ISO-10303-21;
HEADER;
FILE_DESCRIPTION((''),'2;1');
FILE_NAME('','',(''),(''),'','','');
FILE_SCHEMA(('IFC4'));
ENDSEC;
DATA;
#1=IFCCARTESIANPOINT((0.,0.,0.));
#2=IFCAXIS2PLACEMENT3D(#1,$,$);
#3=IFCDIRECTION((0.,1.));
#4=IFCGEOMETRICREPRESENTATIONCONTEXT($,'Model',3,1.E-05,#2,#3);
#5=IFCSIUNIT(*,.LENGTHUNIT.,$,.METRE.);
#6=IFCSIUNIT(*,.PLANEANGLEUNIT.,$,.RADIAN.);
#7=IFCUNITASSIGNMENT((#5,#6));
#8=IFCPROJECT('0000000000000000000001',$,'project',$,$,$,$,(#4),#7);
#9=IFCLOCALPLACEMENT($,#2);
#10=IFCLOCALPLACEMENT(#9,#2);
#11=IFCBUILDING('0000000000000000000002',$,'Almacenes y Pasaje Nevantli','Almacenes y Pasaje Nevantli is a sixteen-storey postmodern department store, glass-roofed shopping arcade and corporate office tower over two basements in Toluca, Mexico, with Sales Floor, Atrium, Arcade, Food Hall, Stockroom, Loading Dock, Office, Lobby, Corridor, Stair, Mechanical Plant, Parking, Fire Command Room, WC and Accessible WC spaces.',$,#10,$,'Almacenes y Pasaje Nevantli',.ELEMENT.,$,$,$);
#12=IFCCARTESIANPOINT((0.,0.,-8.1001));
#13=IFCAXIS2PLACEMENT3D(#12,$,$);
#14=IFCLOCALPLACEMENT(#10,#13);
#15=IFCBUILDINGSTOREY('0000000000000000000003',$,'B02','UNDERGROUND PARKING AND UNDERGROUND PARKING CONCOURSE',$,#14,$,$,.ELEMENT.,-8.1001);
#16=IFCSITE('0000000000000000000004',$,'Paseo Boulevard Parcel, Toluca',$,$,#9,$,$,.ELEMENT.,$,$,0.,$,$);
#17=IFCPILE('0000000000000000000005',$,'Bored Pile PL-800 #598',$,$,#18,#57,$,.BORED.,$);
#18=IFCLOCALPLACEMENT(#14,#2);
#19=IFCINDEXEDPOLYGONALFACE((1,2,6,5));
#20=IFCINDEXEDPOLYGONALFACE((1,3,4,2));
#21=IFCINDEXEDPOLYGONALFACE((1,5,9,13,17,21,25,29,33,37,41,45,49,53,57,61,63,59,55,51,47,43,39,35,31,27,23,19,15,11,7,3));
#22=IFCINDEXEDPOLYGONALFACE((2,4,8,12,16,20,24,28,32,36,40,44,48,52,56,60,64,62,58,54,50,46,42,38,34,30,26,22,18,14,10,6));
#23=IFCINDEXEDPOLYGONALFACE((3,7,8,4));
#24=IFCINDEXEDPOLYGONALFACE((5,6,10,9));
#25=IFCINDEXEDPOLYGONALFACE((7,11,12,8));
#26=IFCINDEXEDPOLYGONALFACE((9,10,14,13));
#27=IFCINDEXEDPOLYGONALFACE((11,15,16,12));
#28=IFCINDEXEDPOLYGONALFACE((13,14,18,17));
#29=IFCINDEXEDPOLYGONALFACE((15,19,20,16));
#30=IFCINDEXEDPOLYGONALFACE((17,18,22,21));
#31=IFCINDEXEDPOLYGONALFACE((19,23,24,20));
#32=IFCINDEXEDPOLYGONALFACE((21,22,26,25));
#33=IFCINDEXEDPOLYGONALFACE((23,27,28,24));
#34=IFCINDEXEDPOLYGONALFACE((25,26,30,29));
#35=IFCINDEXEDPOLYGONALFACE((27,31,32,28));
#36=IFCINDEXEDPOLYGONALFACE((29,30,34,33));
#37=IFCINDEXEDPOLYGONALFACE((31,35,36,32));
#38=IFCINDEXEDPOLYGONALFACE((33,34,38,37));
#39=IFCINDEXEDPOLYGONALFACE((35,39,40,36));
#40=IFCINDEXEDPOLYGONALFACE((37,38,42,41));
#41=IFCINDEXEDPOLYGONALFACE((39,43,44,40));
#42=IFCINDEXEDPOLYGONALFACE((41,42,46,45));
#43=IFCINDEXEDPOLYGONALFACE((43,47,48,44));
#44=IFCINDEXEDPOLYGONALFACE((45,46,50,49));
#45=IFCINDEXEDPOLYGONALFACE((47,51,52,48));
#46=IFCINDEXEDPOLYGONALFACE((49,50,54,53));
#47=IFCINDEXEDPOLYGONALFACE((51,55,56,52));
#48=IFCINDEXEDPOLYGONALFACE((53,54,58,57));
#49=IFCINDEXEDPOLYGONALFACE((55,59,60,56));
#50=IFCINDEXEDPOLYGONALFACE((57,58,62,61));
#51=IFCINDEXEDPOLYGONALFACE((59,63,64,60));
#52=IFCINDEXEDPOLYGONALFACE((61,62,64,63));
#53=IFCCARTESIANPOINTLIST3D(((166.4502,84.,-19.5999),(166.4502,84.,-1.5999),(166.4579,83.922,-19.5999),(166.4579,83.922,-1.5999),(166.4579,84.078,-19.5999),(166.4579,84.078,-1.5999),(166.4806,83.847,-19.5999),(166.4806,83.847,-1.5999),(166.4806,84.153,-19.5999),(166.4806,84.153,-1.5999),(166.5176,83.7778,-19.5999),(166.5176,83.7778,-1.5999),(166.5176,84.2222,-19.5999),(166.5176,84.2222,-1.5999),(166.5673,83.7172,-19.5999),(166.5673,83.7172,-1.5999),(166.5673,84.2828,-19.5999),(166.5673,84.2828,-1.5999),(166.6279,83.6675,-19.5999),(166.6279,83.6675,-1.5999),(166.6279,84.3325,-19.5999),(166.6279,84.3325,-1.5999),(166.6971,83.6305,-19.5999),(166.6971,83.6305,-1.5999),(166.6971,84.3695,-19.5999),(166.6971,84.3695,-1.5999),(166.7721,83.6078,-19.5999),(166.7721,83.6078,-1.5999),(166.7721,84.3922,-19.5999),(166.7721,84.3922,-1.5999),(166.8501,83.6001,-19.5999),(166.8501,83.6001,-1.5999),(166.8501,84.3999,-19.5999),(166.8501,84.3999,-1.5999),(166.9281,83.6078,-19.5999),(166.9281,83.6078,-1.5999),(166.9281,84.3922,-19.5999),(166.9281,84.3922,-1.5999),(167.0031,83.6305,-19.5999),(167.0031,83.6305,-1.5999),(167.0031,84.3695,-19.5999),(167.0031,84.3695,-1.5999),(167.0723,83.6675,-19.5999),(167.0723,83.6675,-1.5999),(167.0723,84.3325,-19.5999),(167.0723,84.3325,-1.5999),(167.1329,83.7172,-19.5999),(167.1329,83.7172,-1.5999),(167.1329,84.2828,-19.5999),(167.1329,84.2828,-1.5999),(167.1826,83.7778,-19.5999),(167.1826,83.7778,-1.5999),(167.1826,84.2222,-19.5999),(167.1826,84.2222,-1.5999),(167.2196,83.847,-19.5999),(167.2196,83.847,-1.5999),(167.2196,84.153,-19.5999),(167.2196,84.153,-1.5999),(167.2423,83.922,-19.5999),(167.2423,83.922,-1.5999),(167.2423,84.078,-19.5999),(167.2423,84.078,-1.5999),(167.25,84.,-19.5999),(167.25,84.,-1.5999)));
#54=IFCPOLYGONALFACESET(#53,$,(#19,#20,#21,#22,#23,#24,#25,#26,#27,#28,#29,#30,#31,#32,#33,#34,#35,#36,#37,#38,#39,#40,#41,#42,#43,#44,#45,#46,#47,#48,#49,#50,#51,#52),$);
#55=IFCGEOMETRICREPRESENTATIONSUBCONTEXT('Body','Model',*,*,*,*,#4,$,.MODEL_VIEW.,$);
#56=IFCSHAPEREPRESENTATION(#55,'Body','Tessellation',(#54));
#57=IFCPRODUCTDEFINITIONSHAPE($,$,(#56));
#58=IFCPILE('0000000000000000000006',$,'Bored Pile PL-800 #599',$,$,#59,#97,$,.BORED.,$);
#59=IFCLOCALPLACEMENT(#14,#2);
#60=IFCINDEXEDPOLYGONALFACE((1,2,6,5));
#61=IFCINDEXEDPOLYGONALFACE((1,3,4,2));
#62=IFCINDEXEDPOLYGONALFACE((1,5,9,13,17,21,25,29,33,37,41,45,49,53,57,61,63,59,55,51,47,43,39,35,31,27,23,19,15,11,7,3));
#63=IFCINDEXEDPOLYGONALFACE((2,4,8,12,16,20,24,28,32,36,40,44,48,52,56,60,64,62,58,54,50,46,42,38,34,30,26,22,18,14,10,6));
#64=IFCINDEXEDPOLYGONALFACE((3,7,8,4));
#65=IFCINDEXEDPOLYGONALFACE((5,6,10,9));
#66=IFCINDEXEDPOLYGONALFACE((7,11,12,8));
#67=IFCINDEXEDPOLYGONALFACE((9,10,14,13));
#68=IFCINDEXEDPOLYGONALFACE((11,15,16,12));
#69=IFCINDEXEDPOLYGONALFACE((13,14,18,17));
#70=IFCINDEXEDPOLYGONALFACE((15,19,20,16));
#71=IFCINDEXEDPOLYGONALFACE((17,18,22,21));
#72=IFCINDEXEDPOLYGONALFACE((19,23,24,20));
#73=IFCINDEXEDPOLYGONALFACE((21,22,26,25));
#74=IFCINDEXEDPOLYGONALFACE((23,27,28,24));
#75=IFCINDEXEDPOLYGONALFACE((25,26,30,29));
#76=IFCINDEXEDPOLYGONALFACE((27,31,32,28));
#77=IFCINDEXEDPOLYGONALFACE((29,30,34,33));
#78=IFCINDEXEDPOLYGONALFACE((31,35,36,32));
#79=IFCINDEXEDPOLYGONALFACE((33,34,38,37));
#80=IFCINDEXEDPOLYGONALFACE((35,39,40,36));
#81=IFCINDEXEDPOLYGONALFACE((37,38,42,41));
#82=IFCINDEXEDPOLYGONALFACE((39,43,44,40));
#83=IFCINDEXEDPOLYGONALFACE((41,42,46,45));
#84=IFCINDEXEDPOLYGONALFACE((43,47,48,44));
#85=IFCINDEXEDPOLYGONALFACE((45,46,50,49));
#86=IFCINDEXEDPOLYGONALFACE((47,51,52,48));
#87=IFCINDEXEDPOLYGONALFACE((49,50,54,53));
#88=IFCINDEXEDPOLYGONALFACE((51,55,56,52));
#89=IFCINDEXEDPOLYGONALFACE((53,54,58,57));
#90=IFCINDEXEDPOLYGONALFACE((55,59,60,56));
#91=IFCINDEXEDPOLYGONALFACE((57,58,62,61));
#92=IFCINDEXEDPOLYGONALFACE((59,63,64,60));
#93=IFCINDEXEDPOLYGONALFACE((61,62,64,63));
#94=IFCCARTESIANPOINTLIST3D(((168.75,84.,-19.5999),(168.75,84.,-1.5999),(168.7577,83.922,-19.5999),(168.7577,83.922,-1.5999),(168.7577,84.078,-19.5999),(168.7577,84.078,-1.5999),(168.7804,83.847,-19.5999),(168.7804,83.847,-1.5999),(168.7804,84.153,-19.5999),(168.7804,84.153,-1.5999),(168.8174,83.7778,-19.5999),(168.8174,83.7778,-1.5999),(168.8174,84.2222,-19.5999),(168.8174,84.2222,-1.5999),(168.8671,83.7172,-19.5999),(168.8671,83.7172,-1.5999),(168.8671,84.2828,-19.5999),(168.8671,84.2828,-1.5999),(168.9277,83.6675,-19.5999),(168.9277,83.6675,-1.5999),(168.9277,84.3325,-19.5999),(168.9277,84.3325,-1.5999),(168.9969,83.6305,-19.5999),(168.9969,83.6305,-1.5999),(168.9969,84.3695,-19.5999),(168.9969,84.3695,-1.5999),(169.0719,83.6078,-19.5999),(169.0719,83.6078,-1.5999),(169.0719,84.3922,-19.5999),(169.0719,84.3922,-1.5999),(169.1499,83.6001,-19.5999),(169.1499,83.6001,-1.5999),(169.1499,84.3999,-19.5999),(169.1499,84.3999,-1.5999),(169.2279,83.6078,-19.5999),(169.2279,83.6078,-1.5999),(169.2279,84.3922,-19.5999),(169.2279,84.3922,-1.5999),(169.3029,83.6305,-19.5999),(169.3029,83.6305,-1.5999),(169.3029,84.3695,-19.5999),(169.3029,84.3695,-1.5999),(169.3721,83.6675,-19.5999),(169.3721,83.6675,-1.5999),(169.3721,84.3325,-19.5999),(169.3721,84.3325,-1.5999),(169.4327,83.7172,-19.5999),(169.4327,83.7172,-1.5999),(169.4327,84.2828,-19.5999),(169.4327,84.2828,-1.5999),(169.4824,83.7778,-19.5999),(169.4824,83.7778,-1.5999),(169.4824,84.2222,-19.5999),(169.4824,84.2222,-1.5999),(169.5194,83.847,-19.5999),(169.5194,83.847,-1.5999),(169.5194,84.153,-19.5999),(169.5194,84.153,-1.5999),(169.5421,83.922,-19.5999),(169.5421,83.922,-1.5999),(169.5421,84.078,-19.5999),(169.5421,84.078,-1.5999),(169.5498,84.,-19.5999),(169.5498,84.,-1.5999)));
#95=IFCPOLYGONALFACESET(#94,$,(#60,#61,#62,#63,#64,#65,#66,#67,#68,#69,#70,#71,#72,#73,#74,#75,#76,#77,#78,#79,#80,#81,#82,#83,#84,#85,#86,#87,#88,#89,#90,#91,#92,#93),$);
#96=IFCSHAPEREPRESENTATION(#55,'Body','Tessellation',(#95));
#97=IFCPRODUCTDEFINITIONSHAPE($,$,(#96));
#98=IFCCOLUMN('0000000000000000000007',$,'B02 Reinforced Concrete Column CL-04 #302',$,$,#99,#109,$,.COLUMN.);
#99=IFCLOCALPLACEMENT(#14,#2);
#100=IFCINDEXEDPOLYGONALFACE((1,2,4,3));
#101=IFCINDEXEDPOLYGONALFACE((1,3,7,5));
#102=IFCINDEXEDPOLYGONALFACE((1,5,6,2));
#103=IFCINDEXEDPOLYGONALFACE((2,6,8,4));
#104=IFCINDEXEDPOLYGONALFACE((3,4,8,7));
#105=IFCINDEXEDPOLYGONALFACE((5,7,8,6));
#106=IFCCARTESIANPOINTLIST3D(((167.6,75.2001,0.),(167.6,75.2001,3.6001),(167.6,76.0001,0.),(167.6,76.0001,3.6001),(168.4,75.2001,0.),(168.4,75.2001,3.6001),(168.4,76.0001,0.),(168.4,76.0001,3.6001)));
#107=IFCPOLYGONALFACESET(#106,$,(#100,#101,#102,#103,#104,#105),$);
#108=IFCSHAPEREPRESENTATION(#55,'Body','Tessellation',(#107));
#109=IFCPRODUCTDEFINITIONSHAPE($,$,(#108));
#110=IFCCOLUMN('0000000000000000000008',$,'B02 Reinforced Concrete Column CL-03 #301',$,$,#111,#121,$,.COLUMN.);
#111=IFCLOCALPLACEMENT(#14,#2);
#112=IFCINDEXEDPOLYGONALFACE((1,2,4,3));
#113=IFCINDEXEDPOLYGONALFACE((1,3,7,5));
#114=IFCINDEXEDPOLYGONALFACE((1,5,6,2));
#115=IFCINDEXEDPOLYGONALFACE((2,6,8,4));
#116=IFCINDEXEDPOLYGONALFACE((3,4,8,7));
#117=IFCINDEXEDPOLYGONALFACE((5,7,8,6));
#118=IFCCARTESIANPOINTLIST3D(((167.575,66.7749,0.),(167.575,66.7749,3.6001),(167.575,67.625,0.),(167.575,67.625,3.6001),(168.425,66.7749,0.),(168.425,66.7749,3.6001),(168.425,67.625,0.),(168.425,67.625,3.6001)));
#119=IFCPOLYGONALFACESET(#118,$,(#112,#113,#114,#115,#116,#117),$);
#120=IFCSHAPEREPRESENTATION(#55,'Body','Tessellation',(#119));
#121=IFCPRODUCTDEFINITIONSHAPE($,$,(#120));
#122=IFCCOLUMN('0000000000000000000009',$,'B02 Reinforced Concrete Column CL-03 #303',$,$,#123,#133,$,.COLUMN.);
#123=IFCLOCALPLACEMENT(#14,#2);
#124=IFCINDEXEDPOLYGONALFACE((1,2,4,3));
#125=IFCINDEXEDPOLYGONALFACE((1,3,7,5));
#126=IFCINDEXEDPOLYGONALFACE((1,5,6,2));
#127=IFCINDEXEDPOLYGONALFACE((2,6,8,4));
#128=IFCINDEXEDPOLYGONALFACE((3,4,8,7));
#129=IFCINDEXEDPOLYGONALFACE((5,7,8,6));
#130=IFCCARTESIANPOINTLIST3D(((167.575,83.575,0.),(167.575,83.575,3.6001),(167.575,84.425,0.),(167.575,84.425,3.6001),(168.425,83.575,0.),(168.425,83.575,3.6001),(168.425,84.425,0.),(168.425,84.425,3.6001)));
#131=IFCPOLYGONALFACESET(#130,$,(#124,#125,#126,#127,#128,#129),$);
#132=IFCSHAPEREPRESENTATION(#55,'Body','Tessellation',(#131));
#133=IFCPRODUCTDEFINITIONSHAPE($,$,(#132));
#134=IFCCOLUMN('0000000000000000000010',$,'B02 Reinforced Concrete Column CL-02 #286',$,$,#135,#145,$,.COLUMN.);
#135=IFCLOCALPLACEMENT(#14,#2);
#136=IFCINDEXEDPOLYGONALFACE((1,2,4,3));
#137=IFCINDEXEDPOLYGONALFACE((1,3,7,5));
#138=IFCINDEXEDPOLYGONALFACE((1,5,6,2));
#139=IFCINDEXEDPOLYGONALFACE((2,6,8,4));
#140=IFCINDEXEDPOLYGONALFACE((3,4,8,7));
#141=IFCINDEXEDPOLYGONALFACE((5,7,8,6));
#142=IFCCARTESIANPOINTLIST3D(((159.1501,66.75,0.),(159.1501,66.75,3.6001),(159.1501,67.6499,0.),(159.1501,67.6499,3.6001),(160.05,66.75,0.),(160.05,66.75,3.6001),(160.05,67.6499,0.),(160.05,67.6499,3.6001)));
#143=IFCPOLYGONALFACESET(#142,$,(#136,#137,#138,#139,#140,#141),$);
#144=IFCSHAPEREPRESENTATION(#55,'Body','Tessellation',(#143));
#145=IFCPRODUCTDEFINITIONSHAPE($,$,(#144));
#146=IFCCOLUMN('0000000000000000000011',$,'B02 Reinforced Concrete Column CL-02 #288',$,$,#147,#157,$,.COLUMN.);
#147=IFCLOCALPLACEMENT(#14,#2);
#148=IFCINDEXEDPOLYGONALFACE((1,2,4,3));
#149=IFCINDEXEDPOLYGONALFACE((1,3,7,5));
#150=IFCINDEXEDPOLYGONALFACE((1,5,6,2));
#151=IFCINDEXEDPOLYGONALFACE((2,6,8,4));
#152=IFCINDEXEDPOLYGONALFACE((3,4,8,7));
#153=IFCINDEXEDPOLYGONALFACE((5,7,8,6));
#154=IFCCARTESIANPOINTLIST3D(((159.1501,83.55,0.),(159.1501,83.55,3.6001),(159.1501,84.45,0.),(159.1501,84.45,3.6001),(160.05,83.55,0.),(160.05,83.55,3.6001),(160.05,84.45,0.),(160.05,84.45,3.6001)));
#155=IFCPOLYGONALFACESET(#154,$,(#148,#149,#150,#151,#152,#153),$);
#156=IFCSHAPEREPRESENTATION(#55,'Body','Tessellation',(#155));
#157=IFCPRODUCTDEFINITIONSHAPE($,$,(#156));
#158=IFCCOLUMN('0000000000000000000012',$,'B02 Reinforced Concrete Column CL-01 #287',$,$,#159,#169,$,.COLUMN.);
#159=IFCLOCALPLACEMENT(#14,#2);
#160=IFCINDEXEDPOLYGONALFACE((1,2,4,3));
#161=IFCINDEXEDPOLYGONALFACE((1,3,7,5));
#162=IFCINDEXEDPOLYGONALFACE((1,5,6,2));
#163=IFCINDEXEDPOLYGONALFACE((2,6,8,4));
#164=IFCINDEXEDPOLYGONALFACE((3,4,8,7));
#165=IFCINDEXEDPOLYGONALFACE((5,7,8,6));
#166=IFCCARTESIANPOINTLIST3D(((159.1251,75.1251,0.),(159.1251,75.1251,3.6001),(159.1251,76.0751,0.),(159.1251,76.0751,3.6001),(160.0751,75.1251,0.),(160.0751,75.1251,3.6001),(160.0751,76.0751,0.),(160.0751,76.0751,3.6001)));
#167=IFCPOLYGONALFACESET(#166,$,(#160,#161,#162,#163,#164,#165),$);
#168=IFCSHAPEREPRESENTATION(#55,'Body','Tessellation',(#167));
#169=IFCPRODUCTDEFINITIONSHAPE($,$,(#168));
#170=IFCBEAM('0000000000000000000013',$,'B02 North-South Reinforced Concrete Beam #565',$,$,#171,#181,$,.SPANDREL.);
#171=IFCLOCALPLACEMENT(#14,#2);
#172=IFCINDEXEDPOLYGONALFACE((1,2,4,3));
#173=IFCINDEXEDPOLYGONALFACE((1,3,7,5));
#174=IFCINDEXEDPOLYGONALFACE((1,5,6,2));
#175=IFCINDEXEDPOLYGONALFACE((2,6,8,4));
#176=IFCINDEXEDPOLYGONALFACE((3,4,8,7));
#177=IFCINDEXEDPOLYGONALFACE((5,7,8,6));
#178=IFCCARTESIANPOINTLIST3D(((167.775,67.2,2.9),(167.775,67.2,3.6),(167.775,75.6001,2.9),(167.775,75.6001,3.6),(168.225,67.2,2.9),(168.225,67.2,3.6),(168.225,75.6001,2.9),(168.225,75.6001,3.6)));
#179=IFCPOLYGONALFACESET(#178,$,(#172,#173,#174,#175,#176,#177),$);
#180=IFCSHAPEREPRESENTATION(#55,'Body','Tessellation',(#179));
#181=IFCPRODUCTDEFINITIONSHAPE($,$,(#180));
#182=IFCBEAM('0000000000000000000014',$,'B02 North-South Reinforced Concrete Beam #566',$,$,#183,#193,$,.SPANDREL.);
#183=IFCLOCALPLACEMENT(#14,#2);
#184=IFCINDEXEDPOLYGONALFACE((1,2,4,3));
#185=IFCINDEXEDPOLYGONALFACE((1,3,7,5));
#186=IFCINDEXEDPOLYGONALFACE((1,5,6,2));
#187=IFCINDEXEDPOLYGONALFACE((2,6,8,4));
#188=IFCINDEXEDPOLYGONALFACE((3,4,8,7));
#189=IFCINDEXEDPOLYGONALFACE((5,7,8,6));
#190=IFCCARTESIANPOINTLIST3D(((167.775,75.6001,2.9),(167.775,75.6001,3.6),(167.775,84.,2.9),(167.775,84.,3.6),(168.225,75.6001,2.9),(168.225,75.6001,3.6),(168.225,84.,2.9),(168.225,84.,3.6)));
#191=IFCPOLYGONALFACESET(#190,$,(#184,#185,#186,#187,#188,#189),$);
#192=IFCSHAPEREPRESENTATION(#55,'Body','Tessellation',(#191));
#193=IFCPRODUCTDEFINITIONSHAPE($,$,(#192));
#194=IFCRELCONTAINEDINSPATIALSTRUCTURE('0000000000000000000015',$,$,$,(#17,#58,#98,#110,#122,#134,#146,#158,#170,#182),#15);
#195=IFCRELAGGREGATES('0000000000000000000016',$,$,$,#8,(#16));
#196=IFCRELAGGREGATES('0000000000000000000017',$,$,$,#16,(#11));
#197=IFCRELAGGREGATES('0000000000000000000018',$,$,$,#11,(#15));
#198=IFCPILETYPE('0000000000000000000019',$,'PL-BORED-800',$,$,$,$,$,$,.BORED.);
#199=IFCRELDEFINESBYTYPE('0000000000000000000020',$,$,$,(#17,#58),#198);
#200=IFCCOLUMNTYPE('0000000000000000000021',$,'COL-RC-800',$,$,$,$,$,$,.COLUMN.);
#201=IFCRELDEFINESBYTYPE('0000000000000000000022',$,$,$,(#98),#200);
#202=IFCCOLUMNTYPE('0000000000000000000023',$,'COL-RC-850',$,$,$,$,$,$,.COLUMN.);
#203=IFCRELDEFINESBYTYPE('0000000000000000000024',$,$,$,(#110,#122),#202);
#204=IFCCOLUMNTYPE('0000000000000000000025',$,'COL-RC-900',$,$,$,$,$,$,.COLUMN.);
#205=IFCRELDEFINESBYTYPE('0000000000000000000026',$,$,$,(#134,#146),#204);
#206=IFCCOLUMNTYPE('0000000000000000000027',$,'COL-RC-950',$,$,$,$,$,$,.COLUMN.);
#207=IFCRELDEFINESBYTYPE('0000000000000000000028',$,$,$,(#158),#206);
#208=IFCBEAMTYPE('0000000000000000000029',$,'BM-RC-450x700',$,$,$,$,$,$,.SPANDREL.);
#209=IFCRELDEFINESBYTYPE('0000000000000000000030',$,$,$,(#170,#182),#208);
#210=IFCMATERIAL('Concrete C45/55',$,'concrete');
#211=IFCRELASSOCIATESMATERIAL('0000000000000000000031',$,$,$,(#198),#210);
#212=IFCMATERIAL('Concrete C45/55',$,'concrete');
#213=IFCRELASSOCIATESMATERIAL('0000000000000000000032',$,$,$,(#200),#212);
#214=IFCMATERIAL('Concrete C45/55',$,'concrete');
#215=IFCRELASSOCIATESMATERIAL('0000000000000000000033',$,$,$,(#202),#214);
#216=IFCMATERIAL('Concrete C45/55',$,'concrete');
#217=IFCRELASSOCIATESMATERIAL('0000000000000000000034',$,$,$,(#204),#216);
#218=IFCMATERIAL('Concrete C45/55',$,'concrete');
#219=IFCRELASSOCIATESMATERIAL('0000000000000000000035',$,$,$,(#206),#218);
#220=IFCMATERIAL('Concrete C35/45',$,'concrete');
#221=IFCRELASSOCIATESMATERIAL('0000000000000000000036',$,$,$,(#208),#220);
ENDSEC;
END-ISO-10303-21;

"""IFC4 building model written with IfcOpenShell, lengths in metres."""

from ifc_helpers import new_model, si_unit, direction, frame, origin, origin_2d, place, context, subcontext, project, spatial, rectangle, circle, extrude, material, material_profile, profile_set, type_object, element, save


model = new_model("IFC4")

# Units and contexts
model_context = context("Model", 3, precision=1e-05, world=origin(), true_north=direction((0.0, 1.0)))
body_context = subcontext(model_context, "Body", "Model", "MODEL_VIEW")
ifc_project = project(units=[si_unit("LENGTHUNIT", "METRE"), si_unit("PLANEANGLEUNIT", "RADIAN")], contexts=[model_context])

# Site, building, storey
site_placement = place(None, origin())
site = spatial("IfcSite", under=ifc_project, at=site_placement, Name="Paseo Boulevard Parcel, Toluca", CompositionType="ELEMENT", RefElevation=0.0)
building_placement = place(site_placement, origin())
building = spatial("IfcBuilding", under=site, at=building_placement, Name="Almacenes y Pasaje Nevantli", Description="Almacenes y Pasaje Nevantli is a sixteen-storey postmodern department store, glass-roofed shopping arcade and corporate office tower over two basements in Toluca, Mexico, with Sales Floor, Atrium, Arcade, Food Hall, Stockroom, Loading Dock, Office, Lobby, Corridor, Stair, Mechanical Plant, Parking, Fire Command Room, WC and Accessible WC spaces.", LongName="Almacenes y Pasaje Nevantli", CompositionType="ELEMENT")
storey_placement = place(building_placement, frame((0.0, 0.0, -8.1001)))
storey = spatial("IfcBuildingStorey", under=building, at=storey_placement, Name="B02", Description="UNDERGROUND PARKING AND UNDERGROUND PARKING CONCOURSE", CompositionType="ELEMENT", Elevation=-8.1001)

# Piles
ifc_material_1 = material(Name="Concrete C45/55", Category="concrete")
ifc_material_profile_1 = material_profile(ifc_material_1, circle(Radius=0.3999, at=origin_2d()), Name="RC-PILE-D800")
ifc_profile_set_1 = profile_set([ifc_material_profile_1], Name="Concrete C45/55")
pile_type_1 = type_object("IfcPileType", Name="PL-BORED-800", PredefinedType="BORED", material=ifc_profile_set_1)
for number, where, z_axis, x_axis, name in (
    (1, (166.8501, 84.0, -1.5999), (0.0, 0.0, -1.0), (1.0, 0.0, 0.0), "Bored Pile PL-800 #598"),
    (2, (169.1499, 84.0, -1.5999), (0.0, 0.0, -1.0), (1.0, 0.0, 0.0), "Bored Pile PL-800 #599"),
):
    element("IfcPile", number, at=place(storey_placement, frame(where, z_axis=z_axis, x_axis=x_axis)), inside=storey, type_object=pile_type_1, Name=name, PredefinedType="BORED", context=body_context, shape_type="SweptSolid", body=[
        extrude(circle(Radius=0.3999, at=origin_2d()), origin(), (0.0, 0.0, 1.0), 18.0),
    ])

# Columns
ifc_material_2 = material(Name="Concrete C45/55", Category="concrete")
ifc_material_profile_2 = material_profile(ifc_material_2, rectangle(XDim=0.8, YDim=0.8, at=origin_2d()), Name="RC-COL-800x800")
ifc_profile_set_2 = profile_set([ifc_material_profile_2], Name="Concrete C45/55")
column_type_1 = type_object("IfcColumnType", Name="COL-RC-800", PredefinedType="COLUMN", material=ifc_profile_set_2)
column_1_placement = place(storey_placement, frame((168.0, 75.6001, 0.0), z_axis=(0.0, 0.0, 1.0), x_axis=(1.0, 0.0, 0.0)))
element("IfcColumn", 3, at=column_1_placement, inside=storey, type_object=column_type_1, Name="B02 Reinforced Concrete Column CL-04 #302", PredefinedType="COLUMN", context=body_context, shape_type="SweptSolid", body=[
    extrude(rectangle(XDim=0.8, YDim=0.8, at=origin_2d()), origin(), (0.0, 0.0, 1.0), 3.6001),
])
ifc_material_3 = material(Name="Concrete C45/55", Category="concrete")
ifc_material_profile_3 = material_profile(ifc_material_3, rectangle(XDim=0.8501, YDim=0.8501, at=origin_2d()), Name="RC-COL-850x850")
ifc_profile_set_3 = profile_set([ifc_material_profile_3], Name="Concrete C45/55")
column_type_2 = type_object("IfcColumnType", Name="COL-RC-850", PredefinedType="COLUMN", material=ifc_profile_set_3)
for number, where, z_axis, x_axis, name in (
    (4, (168.0, 67.2, 0.0), (0.0, 0.0, 1.0), (1.0, 0.0, 0.0), "B02 Reinforced Concrete Column CL-03 #301"),
    (5, (168.0, 84.0, 0.0), (0.0, 0.0, 1.0), (1.0, 0.0, 0.0), "B02 Reinforced Concrete Column CL-03 #303"),
):
    element("IfcColumn", number, at=place(storey_placement, frame(where, z_axis=z_axis, x_axis=x_axis)), inside=storey, type_object=column_type_2, Name=name, PredefinedType="COLUMN", context=body_context, shape_type="SweptSolid", body=[
        extrude(rectangle(XDim=0.8501, YDim=0.8501, at=origin_2d()), origin(), (0.0, 0.0, 1.0), 3.6001),
    ])
ifc_material_4 = material(Name="Concrete C45/55", Category="concrete")
ifc_material_profile_4 = material_profile(ifc_material_4, rectangle(XDim=0.8999, YDim=0.8999, at=origin_2d()), Name="RC-COL-900x900")
ifc_profile_set_4 = profile_set([ifc_material_profile_4], Name="Concrete C45/55")
column_type_3 = type_object("IfcColumnType", Name="COL-RC-900", PredefinedType="COLUMN", material=ifc_profile_set_4)
for number, where, z_axis, x_axis, name in (
    (6, (159.6001, 67.2, 0.0), (0.0, 0.0, 1.0), (1.0, 0.0, 0.0), "B02 Reinforced Concrete Column CL-02 #286"),
    (7, (159.6001, 84.0, 0.0), (0.0, 0.0, 1.0), (1.0, 0.0, 0.0), "B02 Reinforced Concrete Column CL-02 #288"),
):
    element("IfcColumn", number, at=place(storey_placement, frame(where, z_axis=z_axis, x_axis=x_axis)), inside=storey, type_object=column_type_3, Name=name, PredefinedType="COLUMN", context=body_context, shape_type="SweptSolid", body=[
        extrude(rectangle(XDim=0.8999, YDim=0.8999, at=origin_2d()), origin(), (0.0, 0.0, 1.0), 3.6001),
    ])
ifc_material_5 = material(Name="Concrete C45/55", Category="concrete")
ifc_material_profile_5 = material_profile(ifc_material_5, rectangle(XDim=0.95, YDim=0.95, at=origin_2d()), Name="RC-COL-950x950")
ifc_profile_set_5 = profile_set([ifc_material_profile_5], Name="Concrete C45/55")
column_type_4 = type_object("IfcColumnType", Name="COL-RC-950", PredefinedType="COLUMN", material=ifc_profile_set_5)
column_2_placement = place(storey_placement, frame((159.6001, 75.6001, 0.0), z_axis=(0.0, 0.0, 1.0), x_axis=(1.0, 0.0, 0.0)))
element("IfcColumn", 8, at=column_2_placement, inside=storey, type_object=column_type_4, Name="B02 Reinforced Concrete Column CL-01 #287", PredefinedType="COLUMN", context=body_context, shape_type="SweptSolid", body=[
    extrude(rectangle(XDim=0.95, YDim=0.95, at=origin_2d()), origin(), (0.0, 0.0, 1.0), 3.6001),
])

# Beams
ifc_material_6 = material(Name="Concrete C35/45", Category="concrete")
ifc_material_profile_6 = material_profile(ifc_material_6, rectangle(XDim=0.45, YDim=0.7, at=origin_2d()), Name="RC-BM-450x700")
ifc_profile_set_6 = profile_set([ifc_material_profile_6], Name="Concrete C35/45")
beam_type_1 = type_object("IfcBeamType", Name="BM-RC-450x700", PredefinedType="SPANDREL", material=ifc_profile_set_6)
beam_1_placement = place(storey_placement, frame((168.0, 67.2, 3.25), z_axis=(0.0, 1.0, 0.0), x_axis=(-1.0, 0.0, 0.0)))
element("IfcBeam", 9, at=beam_1_placement, inside=storey, type_object=beam_type_1, Name="B02 North-South Reinforced Concrete Beam #565", PredefinedType="SPANDREL", context=body_context, shape_type="SweptSolid", body=[
    extrude(rectangle(XDim=0.45, YDim=0.7, at=origin_2d()), origin(), (0.0, 0.0, 1.0), 8.4001),
])
for number, where, z_axis, x_axis, name in (
    (10, (168.0, 75.6001, 3.25), (0.0, 1.0, 0.0), (-1.0, 0.0, 0.0), "B02 North-South Reinforced Concrete Beam #566"),
):
    element("IfcBeam", number, at=place(storey_placement, frame(where, z_axis=z_axis, x_axis=x_axis)), inside=storey, type_object=beam_type_1, Name=name, PredefinedType="SPANDREL", context=body_context, shape_type="SweptSolid", body=[
        extrude(rectangle(XDim=0.45, YDim=0.7, at=origin_2d()), origin(), (0.0, 0.0, 1.0), 8.3999),
    ])

save(model, "model.ifc")
